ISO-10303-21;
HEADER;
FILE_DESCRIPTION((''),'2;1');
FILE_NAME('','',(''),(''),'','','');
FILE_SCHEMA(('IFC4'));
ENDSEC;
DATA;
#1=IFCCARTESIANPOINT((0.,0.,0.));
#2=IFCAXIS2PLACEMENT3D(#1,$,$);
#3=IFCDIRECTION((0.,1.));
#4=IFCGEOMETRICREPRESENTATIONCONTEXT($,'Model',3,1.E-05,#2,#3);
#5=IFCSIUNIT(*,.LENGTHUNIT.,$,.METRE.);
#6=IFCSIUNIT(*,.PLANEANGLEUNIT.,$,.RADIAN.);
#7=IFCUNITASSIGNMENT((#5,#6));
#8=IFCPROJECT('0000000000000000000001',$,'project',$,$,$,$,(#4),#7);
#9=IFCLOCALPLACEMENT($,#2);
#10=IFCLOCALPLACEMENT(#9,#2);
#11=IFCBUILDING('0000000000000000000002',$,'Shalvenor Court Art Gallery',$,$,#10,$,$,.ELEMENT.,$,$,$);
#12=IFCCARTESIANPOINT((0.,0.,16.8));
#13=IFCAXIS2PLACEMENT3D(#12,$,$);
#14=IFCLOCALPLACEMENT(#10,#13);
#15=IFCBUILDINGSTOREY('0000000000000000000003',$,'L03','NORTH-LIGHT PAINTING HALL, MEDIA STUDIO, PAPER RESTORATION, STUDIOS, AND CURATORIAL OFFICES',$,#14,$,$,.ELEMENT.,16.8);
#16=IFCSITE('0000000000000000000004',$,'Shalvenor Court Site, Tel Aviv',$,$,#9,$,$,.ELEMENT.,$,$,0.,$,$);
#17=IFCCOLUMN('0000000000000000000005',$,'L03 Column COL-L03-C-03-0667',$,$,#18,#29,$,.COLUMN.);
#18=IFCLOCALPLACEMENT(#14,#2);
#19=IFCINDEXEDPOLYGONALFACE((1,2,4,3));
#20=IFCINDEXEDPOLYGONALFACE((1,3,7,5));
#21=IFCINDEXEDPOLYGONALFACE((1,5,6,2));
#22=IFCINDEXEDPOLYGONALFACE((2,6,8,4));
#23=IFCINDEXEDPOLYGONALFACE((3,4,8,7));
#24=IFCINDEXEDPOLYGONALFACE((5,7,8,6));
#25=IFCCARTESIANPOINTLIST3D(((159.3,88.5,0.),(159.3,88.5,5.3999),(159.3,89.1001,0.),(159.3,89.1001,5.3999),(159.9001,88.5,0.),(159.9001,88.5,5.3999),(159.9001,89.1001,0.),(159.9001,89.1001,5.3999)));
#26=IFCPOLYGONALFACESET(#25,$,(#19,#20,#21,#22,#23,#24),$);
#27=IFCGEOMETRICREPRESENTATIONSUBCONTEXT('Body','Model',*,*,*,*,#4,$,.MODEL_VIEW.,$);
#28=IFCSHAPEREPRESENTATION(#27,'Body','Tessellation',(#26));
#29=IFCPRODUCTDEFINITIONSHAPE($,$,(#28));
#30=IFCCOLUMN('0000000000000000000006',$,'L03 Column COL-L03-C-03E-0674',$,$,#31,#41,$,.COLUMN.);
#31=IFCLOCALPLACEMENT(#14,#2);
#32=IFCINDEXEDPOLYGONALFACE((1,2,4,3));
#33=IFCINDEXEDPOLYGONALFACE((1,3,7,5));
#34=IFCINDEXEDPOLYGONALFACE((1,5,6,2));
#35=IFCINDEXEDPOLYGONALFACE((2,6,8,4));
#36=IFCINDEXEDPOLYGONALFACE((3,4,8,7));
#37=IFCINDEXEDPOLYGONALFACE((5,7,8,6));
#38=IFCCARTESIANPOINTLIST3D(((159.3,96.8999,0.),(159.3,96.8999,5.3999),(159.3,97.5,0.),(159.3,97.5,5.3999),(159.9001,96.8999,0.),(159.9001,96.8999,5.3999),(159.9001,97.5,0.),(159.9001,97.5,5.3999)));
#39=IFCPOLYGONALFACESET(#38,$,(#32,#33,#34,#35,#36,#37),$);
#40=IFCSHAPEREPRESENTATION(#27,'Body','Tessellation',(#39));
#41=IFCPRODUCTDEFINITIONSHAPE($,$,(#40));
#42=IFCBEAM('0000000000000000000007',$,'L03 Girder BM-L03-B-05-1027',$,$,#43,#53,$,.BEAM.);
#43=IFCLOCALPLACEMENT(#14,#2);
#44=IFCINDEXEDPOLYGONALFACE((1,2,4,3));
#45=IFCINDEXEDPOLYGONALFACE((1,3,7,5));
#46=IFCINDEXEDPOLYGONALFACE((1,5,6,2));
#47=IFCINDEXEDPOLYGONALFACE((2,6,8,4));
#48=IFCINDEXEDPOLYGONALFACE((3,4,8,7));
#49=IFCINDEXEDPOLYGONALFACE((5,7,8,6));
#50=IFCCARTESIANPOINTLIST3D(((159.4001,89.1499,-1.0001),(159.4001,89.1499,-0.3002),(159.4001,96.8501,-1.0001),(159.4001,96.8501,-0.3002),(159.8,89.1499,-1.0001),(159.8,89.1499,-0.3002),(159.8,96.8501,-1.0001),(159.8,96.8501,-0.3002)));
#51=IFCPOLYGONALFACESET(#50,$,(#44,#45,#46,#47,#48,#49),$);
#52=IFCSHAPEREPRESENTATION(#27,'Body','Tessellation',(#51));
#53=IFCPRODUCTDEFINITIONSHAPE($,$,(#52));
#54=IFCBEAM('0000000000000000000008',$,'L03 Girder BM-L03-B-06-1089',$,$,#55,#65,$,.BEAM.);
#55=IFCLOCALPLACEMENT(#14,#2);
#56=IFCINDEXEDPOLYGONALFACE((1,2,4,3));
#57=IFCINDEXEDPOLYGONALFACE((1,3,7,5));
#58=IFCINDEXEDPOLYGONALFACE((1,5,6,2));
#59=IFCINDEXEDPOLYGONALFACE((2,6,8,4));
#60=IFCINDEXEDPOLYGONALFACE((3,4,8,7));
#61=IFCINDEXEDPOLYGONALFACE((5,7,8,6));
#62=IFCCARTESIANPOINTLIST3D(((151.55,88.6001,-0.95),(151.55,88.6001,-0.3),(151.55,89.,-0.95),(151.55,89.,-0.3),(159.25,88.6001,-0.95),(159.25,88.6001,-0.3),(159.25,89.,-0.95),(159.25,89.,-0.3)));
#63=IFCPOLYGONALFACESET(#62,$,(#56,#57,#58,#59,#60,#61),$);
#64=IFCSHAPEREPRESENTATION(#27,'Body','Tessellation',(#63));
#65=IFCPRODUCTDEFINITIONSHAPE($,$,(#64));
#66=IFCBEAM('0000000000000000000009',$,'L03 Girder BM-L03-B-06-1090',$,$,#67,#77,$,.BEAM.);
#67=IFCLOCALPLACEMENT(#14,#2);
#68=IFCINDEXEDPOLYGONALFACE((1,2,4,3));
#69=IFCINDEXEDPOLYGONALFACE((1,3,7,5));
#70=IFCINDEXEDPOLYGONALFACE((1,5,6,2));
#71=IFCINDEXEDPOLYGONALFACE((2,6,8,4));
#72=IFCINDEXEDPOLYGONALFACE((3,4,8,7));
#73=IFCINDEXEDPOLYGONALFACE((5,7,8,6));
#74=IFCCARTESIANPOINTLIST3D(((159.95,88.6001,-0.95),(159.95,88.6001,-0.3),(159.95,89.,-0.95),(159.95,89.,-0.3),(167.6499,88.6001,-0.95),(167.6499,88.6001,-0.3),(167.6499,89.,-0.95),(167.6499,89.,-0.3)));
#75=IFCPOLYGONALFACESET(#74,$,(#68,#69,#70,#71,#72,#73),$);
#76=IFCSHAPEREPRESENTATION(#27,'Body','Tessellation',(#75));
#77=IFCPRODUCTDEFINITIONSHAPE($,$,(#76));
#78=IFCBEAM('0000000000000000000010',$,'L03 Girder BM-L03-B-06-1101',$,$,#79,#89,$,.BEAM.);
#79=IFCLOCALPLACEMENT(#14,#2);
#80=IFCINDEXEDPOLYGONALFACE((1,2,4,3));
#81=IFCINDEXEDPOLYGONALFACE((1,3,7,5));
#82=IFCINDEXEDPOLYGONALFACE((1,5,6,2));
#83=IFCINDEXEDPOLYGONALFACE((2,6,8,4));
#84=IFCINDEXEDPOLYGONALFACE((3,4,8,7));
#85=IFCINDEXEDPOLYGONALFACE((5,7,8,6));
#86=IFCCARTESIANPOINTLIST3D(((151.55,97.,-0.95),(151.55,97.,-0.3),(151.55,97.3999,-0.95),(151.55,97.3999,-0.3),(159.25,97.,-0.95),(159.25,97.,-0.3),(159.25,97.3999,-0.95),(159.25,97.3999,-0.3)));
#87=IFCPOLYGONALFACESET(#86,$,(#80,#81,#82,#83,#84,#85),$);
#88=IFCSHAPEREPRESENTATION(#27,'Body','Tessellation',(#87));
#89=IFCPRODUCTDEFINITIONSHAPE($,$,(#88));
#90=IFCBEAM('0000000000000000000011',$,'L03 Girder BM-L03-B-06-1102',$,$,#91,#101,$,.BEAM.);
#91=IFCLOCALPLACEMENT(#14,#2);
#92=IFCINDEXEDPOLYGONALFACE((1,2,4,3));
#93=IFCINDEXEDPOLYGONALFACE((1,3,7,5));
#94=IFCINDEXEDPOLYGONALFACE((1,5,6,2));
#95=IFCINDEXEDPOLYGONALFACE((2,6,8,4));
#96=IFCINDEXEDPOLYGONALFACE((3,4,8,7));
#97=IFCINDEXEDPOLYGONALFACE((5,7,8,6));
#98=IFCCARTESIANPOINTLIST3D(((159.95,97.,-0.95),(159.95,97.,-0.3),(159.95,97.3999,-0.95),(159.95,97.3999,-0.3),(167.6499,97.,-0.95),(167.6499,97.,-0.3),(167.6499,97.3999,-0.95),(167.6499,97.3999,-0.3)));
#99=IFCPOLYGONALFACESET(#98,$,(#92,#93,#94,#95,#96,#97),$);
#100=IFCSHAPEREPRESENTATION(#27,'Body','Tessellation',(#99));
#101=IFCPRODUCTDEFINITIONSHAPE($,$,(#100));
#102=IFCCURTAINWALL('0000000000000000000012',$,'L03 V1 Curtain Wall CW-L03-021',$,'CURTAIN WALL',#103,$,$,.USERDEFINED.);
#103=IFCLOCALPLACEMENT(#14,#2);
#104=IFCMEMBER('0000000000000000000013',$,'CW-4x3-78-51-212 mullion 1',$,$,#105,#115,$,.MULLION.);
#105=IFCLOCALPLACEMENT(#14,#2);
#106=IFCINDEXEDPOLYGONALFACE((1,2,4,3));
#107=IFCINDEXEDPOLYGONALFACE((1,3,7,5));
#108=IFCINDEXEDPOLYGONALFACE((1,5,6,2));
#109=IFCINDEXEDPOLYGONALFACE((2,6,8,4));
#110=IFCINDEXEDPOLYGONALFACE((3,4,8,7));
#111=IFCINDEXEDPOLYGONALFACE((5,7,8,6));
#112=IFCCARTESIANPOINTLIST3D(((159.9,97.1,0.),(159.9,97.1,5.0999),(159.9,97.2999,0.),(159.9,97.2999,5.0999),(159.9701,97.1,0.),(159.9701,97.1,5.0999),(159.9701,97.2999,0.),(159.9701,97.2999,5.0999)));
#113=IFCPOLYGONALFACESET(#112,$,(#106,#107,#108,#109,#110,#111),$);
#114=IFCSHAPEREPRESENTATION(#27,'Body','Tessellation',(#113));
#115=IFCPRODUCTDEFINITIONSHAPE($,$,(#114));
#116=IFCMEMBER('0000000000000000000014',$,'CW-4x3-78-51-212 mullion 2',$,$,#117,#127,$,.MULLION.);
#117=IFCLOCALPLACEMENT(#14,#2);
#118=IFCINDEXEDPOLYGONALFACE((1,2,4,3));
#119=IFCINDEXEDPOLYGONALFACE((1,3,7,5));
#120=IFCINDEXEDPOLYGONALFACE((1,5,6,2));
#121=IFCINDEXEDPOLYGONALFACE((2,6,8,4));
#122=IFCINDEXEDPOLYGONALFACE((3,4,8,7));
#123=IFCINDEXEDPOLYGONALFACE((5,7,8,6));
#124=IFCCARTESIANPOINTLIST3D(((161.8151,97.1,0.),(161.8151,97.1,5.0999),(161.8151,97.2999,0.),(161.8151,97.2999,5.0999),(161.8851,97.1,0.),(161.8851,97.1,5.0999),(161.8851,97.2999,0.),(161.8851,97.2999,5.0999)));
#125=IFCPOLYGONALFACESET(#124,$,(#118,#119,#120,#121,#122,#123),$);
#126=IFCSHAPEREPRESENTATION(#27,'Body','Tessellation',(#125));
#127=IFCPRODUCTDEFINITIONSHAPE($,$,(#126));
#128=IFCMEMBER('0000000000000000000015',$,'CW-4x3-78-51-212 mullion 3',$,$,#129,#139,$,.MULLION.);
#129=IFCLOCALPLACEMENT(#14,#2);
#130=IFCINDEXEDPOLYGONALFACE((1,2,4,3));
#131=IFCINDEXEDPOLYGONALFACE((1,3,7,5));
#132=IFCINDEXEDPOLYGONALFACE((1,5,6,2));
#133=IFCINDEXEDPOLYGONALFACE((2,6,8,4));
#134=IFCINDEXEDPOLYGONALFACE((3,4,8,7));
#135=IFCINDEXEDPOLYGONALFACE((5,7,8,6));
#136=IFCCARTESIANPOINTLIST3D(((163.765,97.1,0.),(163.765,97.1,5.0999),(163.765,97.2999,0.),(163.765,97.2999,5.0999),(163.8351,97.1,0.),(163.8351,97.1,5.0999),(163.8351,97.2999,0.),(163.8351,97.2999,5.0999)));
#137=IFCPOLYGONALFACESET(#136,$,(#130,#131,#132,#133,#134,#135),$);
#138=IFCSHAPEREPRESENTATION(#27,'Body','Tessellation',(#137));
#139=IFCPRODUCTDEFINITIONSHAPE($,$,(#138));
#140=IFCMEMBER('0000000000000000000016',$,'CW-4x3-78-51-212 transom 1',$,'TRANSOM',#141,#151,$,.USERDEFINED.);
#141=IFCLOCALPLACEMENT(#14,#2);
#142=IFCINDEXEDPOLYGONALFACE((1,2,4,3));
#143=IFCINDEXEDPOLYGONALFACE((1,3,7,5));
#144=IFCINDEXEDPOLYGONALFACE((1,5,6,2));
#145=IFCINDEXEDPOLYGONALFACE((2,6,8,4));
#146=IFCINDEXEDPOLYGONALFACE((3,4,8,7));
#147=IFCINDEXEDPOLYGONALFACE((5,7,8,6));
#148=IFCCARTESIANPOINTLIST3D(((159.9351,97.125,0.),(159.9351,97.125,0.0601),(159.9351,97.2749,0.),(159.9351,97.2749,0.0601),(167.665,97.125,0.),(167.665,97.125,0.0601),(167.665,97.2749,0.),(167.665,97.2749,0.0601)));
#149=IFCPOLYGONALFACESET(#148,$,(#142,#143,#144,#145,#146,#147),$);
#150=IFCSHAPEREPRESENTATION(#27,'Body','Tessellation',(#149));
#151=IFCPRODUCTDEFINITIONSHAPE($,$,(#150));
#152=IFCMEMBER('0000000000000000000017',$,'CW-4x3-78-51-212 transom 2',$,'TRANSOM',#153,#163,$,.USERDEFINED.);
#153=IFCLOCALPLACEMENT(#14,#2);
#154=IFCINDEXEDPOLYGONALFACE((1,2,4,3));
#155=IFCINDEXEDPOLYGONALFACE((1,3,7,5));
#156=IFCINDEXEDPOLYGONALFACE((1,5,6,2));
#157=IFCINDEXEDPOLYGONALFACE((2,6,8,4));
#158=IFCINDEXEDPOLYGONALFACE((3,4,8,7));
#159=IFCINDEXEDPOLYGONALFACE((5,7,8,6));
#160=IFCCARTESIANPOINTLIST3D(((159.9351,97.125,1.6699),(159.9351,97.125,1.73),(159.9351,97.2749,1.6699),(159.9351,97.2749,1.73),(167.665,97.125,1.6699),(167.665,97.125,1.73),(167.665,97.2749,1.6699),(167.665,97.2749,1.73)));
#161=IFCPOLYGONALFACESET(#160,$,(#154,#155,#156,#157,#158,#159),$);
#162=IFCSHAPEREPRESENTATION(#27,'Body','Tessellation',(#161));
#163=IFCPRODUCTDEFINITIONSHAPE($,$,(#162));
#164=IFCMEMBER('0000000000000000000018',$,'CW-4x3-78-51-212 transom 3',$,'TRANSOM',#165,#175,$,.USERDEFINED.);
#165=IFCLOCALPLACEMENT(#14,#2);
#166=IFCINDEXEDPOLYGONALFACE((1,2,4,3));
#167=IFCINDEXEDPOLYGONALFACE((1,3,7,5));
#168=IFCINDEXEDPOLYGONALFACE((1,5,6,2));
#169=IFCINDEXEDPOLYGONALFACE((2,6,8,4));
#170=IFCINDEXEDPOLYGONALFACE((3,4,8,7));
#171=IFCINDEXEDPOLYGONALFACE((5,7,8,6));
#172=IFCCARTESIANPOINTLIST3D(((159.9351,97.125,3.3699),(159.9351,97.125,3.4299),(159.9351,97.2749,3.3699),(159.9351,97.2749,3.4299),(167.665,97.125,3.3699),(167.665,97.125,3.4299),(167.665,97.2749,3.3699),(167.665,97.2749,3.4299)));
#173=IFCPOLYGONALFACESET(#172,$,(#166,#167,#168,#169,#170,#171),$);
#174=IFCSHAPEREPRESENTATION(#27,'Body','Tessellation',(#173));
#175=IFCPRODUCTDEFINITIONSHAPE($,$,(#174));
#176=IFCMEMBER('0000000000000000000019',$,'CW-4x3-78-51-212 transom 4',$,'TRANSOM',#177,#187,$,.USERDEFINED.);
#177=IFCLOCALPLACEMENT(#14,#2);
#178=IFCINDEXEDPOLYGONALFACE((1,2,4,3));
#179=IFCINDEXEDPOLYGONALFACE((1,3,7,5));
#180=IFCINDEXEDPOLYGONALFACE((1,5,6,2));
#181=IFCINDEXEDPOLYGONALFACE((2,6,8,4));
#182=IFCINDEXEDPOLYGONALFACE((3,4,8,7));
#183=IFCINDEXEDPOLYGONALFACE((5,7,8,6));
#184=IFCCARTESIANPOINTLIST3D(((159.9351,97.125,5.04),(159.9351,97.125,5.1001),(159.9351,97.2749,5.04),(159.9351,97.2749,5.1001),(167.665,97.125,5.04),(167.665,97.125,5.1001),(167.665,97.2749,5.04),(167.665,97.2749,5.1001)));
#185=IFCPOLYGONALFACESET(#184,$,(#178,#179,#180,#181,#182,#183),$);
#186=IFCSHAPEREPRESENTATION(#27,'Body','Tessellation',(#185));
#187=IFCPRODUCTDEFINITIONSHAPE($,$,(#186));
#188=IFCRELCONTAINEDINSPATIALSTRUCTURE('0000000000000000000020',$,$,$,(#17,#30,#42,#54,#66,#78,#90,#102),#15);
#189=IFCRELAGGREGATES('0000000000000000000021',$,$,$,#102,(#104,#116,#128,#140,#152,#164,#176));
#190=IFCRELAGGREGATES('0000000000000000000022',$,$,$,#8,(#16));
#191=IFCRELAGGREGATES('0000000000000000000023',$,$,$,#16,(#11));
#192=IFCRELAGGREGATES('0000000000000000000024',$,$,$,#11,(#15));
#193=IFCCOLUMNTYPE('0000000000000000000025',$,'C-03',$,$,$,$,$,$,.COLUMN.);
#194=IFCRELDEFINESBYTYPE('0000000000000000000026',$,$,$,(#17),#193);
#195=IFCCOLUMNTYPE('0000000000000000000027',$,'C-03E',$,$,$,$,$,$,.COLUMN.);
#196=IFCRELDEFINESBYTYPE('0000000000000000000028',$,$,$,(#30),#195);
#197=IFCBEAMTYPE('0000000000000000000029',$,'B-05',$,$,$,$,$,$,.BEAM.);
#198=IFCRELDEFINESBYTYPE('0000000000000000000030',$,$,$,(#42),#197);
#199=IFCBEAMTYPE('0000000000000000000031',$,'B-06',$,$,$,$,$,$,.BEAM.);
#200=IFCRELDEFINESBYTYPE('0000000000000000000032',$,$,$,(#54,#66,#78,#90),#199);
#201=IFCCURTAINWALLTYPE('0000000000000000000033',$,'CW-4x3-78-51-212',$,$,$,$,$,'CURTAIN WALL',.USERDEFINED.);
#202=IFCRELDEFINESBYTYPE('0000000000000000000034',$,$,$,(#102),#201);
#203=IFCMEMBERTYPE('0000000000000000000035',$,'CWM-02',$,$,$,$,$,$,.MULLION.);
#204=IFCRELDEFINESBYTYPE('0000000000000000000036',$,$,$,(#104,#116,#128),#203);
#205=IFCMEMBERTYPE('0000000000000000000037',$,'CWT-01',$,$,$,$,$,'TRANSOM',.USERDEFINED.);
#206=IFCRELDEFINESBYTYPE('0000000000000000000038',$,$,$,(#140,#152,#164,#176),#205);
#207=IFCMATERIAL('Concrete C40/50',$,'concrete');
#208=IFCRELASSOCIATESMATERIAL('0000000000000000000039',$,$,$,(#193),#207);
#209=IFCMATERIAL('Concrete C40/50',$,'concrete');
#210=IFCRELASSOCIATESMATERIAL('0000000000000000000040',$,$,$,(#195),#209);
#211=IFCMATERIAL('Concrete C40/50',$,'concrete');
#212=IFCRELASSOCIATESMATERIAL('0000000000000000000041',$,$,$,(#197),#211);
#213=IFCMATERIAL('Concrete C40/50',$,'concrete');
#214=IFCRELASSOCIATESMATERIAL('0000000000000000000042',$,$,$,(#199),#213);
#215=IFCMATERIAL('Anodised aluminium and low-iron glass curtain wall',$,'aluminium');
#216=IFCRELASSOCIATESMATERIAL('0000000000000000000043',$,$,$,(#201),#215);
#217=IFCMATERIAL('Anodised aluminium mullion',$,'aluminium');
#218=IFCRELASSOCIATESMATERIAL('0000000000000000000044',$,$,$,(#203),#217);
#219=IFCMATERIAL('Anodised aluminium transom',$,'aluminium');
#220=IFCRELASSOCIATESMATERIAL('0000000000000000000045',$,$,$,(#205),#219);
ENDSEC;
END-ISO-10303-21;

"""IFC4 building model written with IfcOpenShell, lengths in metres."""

from ifc_helpers import new_model, si_unit, direction, frame, origin, origin_2d, place, context, subcontext, project, spatial, rectangle, extrude, material, material_profile, profile_set, type_object, element, aggregate, save


model = new_model("IFC4")

# Units and contexts
model_context = context("Model", 3, precision=1e-05, world=origin(), true_north=direction((0.0, 1.0)))
body_context = subcontext(model_context, "Body", "Model", "MODEL_VIEW")
ifc_project = project(units=[si_unit("LENGTHUNIT", "METRE"), si_unit("PLANEANGLEUNIT", "RADIAN")], contexts=[model_context])

# Site, building, storey
site_placement = place(None, origin())
site = spatial("IfcSite", under=ifc_project, at=site_placement, Name="Shalvenor Court Site, Tel Aviv", CompositionType="ELEMENT", RefElevation=0.0)
building_placement = place(site_placement, origin())
building = spatial("IfcBuilding", under=site, at=building_placement, Name="Shalvenor Court Art Gallery", CompositionType="ELEMENT")
storey_placement = place(building_placement, frame((0.0, 0.0, 16.8)))
storey = spatial("IfcBuildingStorey", under=building, at=storey_placement, Name="L03", Description="NORTH-LIGHT PAINTING HALL, MEDIA STUDIO, PAPER RESTORATION, STUDIOS, AND CURATORIAL OFFICES", CompositionType="ELEMENT", Elevation=16.8)

# Columns
ifc_material_1 = material(Name="Concrete C40/50", Category="concrete")
ifc_material_profile_1 = material_profile(ifc_material_1, rectangle(XDim=0.6001, YDim=0.6001, at=origin_2d()), Name="RC 600x600")
ifc_profile_set_1 = profile_set([ifc_material_profile_1], Name="Concrete C40/50")
column_type_1 = type_object("IfcColumnType", Name="C-03", PredefinedType="COLUMN", material=ifc_profile_set_1)
column_1_placement = place(storey_placement, frame((159.6001, 88.8, 0.0), z_axis=(0.0, 0.0, 1.0), x_axis=(1.0, 0.0, 0.0)))
element("IfcColumn", 1, at=column_1_placement, inside=storey, type_object=column_type_1, Name="L03 Column COL-L03-C-03-0667", PredefinedType="COLUMN", context=body_context, shape_type="SweptSolid", body=[
    extrude(rectangle(XDim=0.6001, YDim=0.6001, at=origin_2d()), origin(), (0.0, 0.0, 1.0), 5.3999),
])
ifc_material_2 = material(Name="Concrete C40/50", Category="concrete")
ifc_material_profile_2 = material_profile(ifc_material_2, rectangle(XDim=0.6001, YDim=0.6001, at=origin_2d()), Name="RC 600x600")
ifc_profile_set_2 = profile_set([ifc_material_profile_2], Name="Concrete C40/50")
column_type_2 = type_object("IfcColumnType", Name="C-03E", PredefinedType="COLUMN", material=ifc_profile_set_2)
column_2_placement = place(storey_placement, frame((159.6001, 97.2, 0.0), z_axis=(0.0, 0.0, 1.0), x_axis=(1.0, 0.0, 0.0)))
element("IfcColumn", 2, at=column_2_placement, inside=storey, type_object=column_type_2, Name="L03 Column COL-L03-C-03E-0674", PredefinedType="COLUMN", context=body_context, shape_type="SweptSolid", body=[
    extrude(rectangle(XDim=0.6001, YDim=0.6001, at=origin_2d()), origin(), (0.0, 0.0, 1.0), 5.3999),
])

# Beams
ifc_material_3 = material(Name="Concrete C40/50", Category="concrete")
ifc_material_profile_3 = material_profile(ifc_material_3, rectangle(XDim=0.3999, YDim=0.7, at=origin_2d()), Name="RC 400x700")
ifc_profile_set_3 = profile_set([ifc_material_profile_3], Name="Concrete C40/50")
beam_type_1 = type_object("IfcBeamType", Name="B-05", PredefinedType="BEAM", material=ifc_profile_set_3)
beam_1_placement = place(storey_placement, frame((159.6001, 89.1499, -0.6501), z_axis=(0.0, 1.0, 0.0), x_axis=(-1.0, 0.0, 0.0)))
element("IfcBeam", 3, at=beam_1_placement, inside=storey, type_object=beam_type_1, Name="L03 Girder BM-L03-B-05-1027", PredefinedType="BEAM", context=body_context, shape_type="SweptSolid", body=[
    extrude(rectangle(XDim=0.3999, YDim=0.7, at=origin_2d()), origin(), (0.0, 0.0, 1.0), 7.7002),
])
ifc_material_4 = material(Name="Concrete C40/50", Category="concrete")
ifc_material_profile_4 = material_profile(ifc_material_4, rectangle(XDim=0.3999, YDim=0.6499, at=origin_2d()), Name="RC 400x650")
ifc_profile_set_4 = profile_set([ifc_material_profile_4], Name="Concrete C40/50")
beam_type_2 = type_object("IfcBeamType", Name="B-06", PredefinedType="BEAM", material=ifc_profile_set_4)
for number, where, z_axis, x_axis, name in (
    (4, (151.55, 88.8, -0.625), (1.0, 0.0, 0.0), (0.0, 1.0, 0.0), "L03 Girder BM-L03-B-06-1089"),
    (5, (159.95, 88.8, -0.625), (1.0, 0.0, 0.0), (0.0, 1.0, 0.0), "L03 Girder BM-L03-B-06-1090"),
    (6, (151.55, 97.2, -0.625), (1.0, 0.0, 0.0), (0.0, 1.0, 0.0), "L03 Girder BM-L03-B-06-1101"),
    (7, (159.95, 97.2, -0.625), (1.0, 0.0, 0.0), (0.0, 1.0, 0.0), "L03 Girder BM-L03-B-06-1102"),
):
    element("IfcBeam", number, at=place(storey_placement, frame(where, z_axis=z_axis, x_axis=x_axis)), inside=storey, type_object=beam_type_2, Name=name, PredefinedType="BEAM", context=body_context, shape_type="SweptSolid", body=[
        extrude(rectangle(XDim=0.3999, YDim=0.6499, at=origin_2d()), origin(), (0.0, 0.0, 1.0), 7.7),
    ])

# Curtain wall, members
ifc_material_5 = material(Name="Anodised aluminium and low-iron glass curtain wall", Category="aluminium")
curtain_wall_type = type_object("IfcCurtainWallType", Name="CW-4x3-78-51-212", ElementType="CURTAIN WALL", PredefinedType="USERDEFINED", material=ifc_material_5)
curtain_wall_placement = place(storey_placement, origin())
curtain_wall = element("IfcCurtainWall", 8, at=curtain_wall_placement, inside=storey, type_object=curtain_wall_type, Name="L03 V1 Curtain Wall CW-L03-021", ObjectType="CURTAIN WALL", PredefinedType="USERDEFINED")
ifc_material_6 = material(Name="Anodised aluminium mullion", Category="aluminium")
ifc_material_profile_5 = material_profile(ifc_material_6, rectangle(XDim=0.0701, YDim=0.2, at=origin_2d()), Name="CWM-02")
ifc_profile_set_5 = profile_set([ifc_material_profile_5], Name="Anodised aluminium mullion")
member_type_1 = type_object("IfcMemberType", Name="CWM-02", PredefinedType="MULLION", material=ifc_profile_set_5)
member_1_placement = place(storey_placement, frame((159.9351, 97.2, 0.0), z_axis=(0.0, 0.0, 1.0), x_axis=(1.0, 0.0, 0.0)))
member_1 = element("IfcMember", 9, at=member_1_placement, type_object=member_type_1, Name="CW-4x3-78-51-212 mullion 1", PredefinedType="MULLION", context=body_context, shape_type="SweptSolid", body=[
    extrude(rectangle(XDim=0.0701, YDim=0.2, at=origin_2d()), origin(), (0.0, 0.0, 1.0), 5.0999),
])
member_2_placement = place(storey_placement, frame((161.8501, 97.2, 0.0), z_axis=(0.0, 0.0, 1.0), x_axis=(1.0, 0.0, 0.0)))
member_2 = element("IfcMember", 10, at=member_2_placement, type_object=member_type_1, Name="CW-4x3-78-51-212 mullion 2", PredefinedType="MULLION", context=body_context, shape_type="SweptSolid", body=[
    extrude(rectangle(XDim=0.0701, YDim=0.2, at=origin_2d()), origin(), (0.0, 0.0, 1.0), 5.0999),
])
member_3_placement = place(storey_placement, frame((163.8, 97.2, 0.0), z_axis=(0.0, 0.0, 1.0), x_axis=(1.0, 0.0, 0.0)))
member_3 = element("IfcMember", 11, at=member_3_placement, type_object=member_type_1, Name="CW-4x3-78-51-212 mullion 3", PredefinedType="MULLION", context=body_context, shape_type="SweptSolid", body=[
    extrude(rectangle(XDim=0.0701, YDim=0.2, at=origin_2d()), origin(), (0.0, 0.0, 1.0), 5.0999),
])
ifc_material_7 = material(Name="Anodised aluminium transom", Category="aluminium")
ifc_material_profile_6 = material_profile(ifc_material_7, rectangle(XDim=0.1499, YDim=0.0601, at=origin_2d()), Name="CWT-01")
ifc_profile_set_6 = profile_set([ifc_material_profile_6], Name="Anodised aluminium transom")
member_type_2 = type_object("IfcMemberType", Name="CWT-01", ElementType="TRANSOM", PredefinedType="USERDEFINED", material=ifc_profile_set_6)
member_4_placement = place(storey_placement, frame((159.9351, 97.2, 0.03), z_axis=(1.0, 0.0, 0.0), x_axis=(0.0, 1.0, 0.0)))
member_4 = element("IfcMember", 12, at=member_4_placement, type_object=member_type_2, Name="CW-4x3-78-51-212 transom 1", ObjectType="TRANSOM", PredefinedType="USERDEFINED", context=body_context, shape_type="SweptSolid", body=[
    extrude(rectangle(XDim=0.1499, YDim=0.0601, at=origin_2d()), origin(), (0.0, 0.0, 1.0), 7.73),
])
member_5_placement = place(storey_placement, frame((159.9351, 97.2, 1.7), z_axis=(1.0, 0.0, 0.0), x_axis=(0.0, 1.0, 0.0)))
member_5 = element("IfcMember", 13, at=member_5_placement, type_object=member_type_2, Name="CW-4x3-78-51-212 transom 2", ObjectType="TRANSOM", PredefinedType="USERDEFINED", context=body_context, shape_type="SweptSolid", body=[
    extrude(rectangle(XDim=0.1499, YDim=0.0601, at=origin_2d()), origin(), (0.0, 0.0, 1.0), 7.73),
])
member_6_placement = place(storey_placement, frame((159.9351, 97.2, 3.3999), z_axis=(1.0, 0.0, 0.0), x_axis=(0.0, 1.0, 0.0)))
member_6 = element("IfcMember", 14, at=member_6_placement, type_object=member_type_2, Name="CW-4x3-78-51-212 transom 3", ObjectType="TRANSOM", PredefinedType="USERDEFINED", context=body_context, shape_type="SweptSolid", body=[
    extrude(rectangle(XDim=0.1499, YDim=0.0601, at=origin_2d()), origin(), (0.0, 0.0, 1.0), 7.73),
])
member_7_placement = place(storey_placement, frame((159.9351, 97.2, 5.0701), z_axis=(1.0, 0.0, 0.0), x_axis=(0.0, 1.0, 0.0)))
member_7 = element("IfcMember", 15, at=member_7_placement, type_object=member_type_2, Name="CW-4x3-78-51-212 transom 4", ObjectType="TRANSOM", PredefinedType="USERDEFINED", context=body_context, shape_type="SweptSolid", body=[
    extrude(rectangle(XDim=0.1499, YDim=0.0601, at=origin_2d()), origin(), (0.0, 0.0, 1.0), 7.73),
])

aggregate(curtain_wall, [member_1, member_2, member_3, member_4, member_5, member_6, member_7])

save(model, "model.ifc")
